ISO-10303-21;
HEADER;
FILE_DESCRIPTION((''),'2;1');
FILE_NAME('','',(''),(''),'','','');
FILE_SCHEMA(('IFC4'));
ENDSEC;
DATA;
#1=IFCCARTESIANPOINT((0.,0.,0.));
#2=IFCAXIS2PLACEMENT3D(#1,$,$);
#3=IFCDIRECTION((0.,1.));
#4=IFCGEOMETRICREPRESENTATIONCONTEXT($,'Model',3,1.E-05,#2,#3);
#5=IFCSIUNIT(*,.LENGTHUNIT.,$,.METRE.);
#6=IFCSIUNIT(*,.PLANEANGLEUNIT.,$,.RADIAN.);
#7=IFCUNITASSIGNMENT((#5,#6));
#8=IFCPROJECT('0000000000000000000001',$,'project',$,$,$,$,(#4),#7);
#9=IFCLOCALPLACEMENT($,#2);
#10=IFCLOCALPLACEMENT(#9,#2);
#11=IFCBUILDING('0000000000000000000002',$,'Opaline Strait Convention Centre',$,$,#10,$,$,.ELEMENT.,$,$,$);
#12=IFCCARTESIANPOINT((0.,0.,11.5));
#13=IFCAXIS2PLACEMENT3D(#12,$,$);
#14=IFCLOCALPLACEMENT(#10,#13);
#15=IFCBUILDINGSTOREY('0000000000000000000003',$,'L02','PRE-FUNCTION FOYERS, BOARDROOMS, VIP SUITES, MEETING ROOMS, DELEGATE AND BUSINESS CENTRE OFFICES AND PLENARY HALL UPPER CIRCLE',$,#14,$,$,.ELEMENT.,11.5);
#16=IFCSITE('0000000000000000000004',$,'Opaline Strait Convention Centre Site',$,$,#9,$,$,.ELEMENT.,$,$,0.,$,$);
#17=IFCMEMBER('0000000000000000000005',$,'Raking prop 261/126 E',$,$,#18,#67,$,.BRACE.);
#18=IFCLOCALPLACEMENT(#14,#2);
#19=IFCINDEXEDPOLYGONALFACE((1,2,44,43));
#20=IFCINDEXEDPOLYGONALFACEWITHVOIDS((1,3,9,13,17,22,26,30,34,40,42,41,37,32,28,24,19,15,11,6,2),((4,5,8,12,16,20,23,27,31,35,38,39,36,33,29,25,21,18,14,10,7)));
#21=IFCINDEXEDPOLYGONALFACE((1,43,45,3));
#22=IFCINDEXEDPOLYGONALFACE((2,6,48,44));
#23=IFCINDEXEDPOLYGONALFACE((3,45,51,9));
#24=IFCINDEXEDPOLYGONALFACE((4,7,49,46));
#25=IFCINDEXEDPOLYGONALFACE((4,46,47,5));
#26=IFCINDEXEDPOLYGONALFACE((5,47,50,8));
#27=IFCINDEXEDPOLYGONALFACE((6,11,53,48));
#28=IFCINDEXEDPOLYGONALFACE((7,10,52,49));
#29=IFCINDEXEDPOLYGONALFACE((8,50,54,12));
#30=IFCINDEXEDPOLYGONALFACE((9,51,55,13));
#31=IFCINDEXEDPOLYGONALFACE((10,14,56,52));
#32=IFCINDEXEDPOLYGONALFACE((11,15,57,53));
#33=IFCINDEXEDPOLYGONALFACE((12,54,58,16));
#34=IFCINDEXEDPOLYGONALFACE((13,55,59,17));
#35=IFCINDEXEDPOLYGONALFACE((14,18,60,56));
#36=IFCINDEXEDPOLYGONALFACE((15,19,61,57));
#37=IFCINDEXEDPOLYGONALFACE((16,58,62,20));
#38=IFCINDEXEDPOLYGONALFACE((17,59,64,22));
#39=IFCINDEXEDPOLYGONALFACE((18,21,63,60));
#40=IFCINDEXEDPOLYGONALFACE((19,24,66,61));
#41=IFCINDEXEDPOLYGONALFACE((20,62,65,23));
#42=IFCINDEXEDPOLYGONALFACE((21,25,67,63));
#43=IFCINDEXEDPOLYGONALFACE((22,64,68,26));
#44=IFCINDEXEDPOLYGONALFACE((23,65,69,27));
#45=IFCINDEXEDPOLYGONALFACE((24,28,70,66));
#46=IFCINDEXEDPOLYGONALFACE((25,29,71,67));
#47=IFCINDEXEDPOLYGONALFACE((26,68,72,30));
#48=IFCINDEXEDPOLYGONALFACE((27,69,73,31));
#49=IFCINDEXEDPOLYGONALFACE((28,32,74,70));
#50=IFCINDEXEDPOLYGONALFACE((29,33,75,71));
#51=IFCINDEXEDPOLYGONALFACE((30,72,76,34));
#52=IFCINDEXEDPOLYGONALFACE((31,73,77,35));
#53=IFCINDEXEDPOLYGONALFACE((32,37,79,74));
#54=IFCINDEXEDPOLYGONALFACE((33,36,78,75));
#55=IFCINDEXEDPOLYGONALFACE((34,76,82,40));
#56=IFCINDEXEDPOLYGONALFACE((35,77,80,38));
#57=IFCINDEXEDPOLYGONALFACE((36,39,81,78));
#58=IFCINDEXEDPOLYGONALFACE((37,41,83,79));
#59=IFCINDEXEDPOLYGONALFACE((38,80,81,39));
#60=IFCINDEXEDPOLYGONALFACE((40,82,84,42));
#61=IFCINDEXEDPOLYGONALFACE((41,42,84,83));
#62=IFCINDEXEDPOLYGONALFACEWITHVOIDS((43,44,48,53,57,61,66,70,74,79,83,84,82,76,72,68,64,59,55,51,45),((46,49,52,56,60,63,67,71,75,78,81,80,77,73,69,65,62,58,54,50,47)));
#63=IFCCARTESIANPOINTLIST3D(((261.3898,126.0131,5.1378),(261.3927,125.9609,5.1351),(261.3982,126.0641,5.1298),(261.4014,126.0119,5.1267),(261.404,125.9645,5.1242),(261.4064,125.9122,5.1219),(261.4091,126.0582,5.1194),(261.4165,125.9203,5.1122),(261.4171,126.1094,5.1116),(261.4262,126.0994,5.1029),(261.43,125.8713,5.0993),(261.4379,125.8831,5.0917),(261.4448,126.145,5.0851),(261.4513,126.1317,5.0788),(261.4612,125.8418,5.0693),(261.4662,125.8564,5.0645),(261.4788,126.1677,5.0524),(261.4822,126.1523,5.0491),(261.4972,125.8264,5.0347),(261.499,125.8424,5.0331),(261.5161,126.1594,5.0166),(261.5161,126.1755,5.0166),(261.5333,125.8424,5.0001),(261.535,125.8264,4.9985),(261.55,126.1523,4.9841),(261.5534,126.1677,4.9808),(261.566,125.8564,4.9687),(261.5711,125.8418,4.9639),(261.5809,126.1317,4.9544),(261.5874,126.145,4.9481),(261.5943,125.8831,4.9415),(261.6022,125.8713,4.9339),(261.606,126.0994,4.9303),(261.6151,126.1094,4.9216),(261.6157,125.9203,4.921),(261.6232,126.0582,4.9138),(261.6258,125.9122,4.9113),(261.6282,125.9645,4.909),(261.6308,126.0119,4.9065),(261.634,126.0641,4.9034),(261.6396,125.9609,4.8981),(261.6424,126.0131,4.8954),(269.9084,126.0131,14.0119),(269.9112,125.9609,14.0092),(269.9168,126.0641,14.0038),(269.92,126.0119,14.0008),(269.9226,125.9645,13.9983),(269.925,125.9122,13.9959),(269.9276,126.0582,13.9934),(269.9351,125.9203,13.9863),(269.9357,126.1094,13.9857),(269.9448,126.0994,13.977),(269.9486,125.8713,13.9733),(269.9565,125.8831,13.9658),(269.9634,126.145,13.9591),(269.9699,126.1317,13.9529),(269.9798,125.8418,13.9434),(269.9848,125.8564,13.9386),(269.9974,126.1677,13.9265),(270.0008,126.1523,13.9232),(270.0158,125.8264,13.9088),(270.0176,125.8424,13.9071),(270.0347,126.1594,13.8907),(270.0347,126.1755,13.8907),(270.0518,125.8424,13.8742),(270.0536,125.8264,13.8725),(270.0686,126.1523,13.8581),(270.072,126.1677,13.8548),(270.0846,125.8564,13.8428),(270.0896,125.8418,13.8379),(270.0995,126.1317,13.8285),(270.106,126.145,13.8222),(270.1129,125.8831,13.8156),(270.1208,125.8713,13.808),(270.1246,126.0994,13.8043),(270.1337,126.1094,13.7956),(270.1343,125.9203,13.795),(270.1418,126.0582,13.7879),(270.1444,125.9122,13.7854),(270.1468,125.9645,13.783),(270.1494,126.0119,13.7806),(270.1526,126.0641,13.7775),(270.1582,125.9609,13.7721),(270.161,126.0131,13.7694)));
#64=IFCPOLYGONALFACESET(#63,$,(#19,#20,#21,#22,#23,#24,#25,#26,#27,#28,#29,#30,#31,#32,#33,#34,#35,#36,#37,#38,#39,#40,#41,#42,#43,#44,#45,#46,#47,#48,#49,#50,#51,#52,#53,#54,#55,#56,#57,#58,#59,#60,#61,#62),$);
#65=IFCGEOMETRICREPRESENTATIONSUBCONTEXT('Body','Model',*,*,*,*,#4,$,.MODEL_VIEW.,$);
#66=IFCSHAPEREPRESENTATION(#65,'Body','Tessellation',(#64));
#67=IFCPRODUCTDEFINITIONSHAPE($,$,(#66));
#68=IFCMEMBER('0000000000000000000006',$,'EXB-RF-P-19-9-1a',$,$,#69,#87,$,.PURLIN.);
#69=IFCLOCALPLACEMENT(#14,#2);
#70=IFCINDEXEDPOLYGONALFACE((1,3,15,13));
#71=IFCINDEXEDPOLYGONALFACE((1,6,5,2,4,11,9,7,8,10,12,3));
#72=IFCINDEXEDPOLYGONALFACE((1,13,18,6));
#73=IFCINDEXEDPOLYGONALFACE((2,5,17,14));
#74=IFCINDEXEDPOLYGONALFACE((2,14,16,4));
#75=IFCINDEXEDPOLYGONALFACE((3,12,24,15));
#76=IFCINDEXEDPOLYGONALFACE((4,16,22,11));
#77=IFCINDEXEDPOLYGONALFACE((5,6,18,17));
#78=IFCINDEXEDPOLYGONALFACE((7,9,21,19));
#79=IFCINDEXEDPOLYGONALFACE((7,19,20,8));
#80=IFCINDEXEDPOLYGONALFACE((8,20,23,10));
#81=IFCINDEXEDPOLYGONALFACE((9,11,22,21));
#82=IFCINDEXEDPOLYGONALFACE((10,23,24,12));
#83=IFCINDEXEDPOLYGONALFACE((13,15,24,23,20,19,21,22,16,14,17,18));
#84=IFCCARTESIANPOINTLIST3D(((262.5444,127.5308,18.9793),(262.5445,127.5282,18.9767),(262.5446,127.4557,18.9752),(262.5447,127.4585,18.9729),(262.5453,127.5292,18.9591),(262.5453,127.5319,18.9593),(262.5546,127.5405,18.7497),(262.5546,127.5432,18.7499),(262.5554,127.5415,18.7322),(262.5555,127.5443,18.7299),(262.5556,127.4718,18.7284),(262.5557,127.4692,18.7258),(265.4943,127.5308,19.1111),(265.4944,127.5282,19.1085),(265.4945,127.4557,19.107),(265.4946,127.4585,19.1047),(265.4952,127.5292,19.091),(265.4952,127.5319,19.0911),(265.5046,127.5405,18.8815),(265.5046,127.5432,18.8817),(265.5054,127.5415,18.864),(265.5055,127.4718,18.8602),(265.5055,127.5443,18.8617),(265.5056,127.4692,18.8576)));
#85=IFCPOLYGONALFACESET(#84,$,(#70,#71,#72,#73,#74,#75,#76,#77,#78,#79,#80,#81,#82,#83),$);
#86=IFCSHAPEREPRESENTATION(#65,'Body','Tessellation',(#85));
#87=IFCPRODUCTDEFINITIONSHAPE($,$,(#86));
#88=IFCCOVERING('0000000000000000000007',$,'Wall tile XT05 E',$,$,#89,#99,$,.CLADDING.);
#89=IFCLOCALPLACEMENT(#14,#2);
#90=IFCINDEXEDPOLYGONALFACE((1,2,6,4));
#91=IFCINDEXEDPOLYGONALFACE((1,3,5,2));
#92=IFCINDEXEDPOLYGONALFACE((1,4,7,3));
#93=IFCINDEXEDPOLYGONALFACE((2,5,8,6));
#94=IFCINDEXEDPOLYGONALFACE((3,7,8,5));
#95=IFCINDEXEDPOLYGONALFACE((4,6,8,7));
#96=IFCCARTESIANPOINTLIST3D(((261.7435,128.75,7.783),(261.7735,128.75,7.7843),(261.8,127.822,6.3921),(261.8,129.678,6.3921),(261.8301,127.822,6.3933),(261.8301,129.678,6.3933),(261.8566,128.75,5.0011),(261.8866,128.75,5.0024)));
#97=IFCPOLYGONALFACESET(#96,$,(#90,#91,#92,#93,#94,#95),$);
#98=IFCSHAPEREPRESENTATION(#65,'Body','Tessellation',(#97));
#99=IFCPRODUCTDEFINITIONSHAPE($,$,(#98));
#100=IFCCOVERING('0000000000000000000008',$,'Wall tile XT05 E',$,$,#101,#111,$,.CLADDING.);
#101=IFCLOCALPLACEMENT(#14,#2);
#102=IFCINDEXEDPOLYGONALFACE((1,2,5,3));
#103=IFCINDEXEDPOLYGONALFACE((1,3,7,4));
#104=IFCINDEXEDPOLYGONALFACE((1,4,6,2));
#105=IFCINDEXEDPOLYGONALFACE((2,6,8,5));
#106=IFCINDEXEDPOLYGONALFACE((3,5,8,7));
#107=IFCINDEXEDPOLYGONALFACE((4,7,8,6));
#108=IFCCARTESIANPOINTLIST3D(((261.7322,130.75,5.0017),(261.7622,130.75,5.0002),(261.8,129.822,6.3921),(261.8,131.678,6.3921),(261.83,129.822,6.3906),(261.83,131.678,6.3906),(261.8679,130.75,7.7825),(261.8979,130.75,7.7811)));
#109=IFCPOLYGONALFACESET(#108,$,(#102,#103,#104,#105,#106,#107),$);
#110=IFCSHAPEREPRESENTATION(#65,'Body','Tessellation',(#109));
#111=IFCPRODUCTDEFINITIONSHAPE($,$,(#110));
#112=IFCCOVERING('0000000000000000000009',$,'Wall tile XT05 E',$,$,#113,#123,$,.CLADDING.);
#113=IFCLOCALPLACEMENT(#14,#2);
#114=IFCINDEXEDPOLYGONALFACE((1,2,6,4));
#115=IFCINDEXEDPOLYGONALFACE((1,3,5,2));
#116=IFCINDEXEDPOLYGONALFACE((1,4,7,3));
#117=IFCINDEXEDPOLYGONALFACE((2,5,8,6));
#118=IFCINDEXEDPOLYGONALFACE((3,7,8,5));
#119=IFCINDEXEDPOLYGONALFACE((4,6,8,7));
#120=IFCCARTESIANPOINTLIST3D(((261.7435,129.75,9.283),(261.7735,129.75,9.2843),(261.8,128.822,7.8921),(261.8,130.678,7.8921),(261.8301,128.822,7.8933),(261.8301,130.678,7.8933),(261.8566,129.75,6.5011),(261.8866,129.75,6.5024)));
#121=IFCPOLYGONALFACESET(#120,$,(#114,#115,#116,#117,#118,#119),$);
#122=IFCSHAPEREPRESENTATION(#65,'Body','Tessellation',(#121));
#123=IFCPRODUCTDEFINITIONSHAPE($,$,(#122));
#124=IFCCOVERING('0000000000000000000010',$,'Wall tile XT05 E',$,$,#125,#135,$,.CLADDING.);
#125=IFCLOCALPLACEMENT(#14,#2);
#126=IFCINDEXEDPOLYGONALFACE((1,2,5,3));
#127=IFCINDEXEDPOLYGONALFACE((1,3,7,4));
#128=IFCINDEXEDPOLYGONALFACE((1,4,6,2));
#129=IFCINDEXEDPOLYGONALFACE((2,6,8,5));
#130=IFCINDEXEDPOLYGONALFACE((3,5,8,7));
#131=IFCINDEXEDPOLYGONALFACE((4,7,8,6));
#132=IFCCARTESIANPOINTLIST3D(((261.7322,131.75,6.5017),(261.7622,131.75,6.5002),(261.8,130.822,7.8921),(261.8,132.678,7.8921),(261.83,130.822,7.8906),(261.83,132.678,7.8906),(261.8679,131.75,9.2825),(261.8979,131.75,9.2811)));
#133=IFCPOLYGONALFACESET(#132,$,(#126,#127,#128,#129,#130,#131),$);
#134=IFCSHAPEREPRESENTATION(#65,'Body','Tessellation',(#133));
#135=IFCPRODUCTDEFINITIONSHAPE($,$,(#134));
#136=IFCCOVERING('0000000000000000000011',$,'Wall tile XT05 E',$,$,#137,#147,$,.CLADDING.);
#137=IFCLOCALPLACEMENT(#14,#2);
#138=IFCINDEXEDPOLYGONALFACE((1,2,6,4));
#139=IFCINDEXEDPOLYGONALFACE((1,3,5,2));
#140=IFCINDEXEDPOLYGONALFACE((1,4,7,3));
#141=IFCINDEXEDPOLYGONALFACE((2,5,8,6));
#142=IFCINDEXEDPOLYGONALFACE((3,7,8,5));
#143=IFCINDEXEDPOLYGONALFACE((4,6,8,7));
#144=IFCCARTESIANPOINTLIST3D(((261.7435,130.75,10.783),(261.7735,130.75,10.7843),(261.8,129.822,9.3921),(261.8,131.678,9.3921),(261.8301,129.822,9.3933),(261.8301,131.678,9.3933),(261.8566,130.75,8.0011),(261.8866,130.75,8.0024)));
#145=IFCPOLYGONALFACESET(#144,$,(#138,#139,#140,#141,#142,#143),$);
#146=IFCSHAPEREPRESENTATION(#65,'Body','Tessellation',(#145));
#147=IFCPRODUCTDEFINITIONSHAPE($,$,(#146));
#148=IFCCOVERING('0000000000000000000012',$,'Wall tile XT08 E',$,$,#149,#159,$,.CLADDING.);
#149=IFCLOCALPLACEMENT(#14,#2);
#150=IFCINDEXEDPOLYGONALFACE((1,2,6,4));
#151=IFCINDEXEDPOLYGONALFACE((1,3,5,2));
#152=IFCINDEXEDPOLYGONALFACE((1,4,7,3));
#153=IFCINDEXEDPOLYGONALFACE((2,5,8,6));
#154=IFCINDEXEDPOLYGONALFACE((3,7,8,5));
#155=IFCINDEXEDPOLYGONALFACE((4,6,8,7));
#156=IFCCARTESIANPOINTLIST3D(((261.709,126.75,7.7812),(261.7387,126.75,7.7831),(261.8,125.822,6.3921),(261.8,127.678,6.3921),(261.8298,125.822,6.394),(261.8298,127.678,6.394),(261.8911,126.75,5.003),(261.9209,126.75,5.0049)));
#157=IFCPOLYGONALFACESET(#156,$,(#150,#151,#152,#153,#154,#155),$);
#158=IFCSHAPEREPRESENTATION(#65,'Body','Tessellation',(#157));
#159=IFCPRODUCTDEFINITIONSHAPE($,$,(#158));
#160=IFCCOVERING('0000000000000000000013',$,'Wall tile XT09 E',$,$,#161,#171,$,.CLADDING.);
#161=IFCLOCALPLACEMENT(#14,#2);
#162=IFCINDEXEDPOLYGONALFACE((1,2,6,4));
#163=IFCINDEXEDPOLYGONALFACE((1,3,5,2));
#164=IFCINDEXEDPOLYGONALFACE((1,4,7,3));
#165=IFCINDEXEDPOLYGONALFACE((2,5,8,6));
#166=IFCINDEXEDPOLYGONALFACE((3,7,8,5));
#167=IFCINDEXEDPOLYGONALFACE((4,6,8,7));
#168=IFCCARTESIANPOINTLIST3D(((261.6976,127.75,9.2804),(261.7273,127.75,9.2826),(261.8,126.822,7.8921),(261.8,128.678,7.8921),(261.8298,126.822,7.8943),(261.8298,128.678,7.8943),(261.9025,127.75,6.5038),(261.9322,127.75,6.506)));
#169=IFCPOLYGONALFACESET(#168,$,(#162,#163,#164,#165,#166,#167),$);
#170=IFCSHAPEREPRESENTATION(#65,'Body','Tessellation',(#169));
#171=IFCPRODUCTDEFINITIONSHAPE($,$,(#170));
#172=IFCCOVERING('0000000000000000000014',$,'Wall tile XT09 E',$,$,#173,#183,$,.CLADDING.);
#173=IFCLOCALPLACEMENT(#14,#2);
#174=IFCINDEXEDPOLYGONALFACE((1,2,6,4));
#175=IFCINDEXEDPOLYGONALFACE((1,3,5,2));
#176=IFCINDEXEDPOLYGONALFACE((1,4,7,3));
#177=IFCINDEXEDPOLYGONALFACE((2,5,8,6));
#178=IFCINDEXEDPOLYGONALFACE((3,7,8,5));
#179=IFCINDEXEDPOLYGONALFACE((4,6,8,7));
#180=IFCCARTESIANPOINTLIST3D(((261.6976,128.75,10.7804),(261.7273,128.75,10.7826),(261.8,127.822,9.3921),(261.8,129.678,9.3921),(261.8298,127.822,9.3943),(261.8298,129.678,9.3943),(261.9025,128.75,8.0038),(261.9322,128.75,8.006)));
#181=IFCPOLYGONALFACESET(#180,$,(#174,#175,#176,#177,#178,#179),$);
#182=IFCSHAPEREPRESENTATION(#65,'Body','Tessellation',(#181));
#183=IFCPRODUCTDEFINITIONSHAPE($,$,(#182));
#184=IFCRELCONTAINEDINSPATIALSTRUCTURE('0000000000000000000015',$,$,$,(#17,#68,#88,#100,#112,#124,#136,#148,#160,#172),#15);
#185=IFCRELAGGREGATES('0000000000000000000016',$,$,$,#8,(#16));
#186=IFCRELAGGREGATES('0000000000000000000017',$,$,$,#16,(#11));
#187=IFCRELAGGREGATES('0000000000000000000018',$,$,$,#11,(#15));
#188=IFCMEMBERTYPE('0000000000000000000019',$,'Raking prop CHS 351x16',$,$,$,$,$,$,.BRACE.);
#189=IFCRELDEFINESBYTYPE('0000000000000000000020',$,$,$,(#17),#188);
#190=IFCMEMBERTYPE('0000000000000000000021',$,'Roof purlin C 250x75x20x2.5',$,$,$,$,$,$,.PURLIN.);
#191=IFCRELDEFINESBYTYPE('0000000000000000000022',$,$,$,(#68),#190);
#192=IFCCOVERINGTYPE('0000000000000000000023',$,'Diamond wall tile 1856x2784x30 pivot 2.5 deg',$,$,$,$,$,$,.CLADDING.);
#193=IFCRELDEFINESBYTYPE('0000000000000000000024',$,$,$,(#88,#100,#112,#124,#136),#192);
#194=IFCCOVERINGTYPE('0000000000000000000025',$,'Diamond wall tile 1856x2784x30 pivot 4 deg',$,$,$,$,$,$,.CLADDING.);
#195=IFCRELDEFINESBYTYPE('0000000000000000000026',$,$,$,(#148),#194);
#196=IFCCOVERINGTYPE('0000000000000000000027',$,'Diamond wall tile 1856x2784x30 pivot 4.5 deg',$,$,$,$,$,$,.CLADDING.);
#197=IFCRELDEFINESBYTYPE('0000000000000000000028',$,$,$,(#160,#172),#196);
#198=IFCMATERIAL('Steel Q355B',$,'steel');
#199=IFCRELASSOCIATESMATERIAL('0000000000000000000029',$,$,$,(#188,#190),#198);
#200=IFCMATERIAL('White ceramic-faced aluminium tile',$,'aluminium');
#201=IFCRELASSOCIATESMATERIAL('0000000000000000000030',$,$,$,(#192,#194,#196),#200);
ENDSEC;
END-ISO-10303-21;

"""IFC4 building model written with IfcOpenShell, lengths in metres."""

from ifc_helpers import new_model, si_unit, direction, frame, origin, origin_2d, place, context, subcontext, project, spatial, polyline, hollow_circle, outline, extrude, material, material_profile, profile_set, type_object, element, save


model = new_model("IFC4")

# Units and contexts
model_context = context("Model", 3, precision=1e-05, world=origin(), true_north=direction((0.0, 1.0)))
body_context = subcontext(model_context, "Body", "Model", "MODEL_VIEW")
ifc_project = project(units=[si_unit("LENGTHUNIT", "METRE"), si_unit("PLANEANGLEUNIT", "RADIAN")], contexts=[model_context])

# Site, building, storey
site_placement = place(None, origin())
site = spatial("IfcSite", under=ifc_project, at=site_placement, Name="Opaline Strait Convention Centre Site", CompositionType="ELEMENT", RefElevation=0.0)
building_placement = place(site_placement, origin())
building = spatial("IfcBuilding", under=site, at=building_placement, Name="Opaline Strait Convention Centre", CompositionType="ELEMENT")
storey_placement = place(building_placement, frame((0.0, 0.0, 11.5)))
storey = spatial("IfcBuildingStorey", under=building, at=storey_placement, Name="L02", Description="PRE-FUNCTION FOYERS, BOARDROOMS, VIP SUITES, MEETING ROOMS, DELEGATE AND BUSINESS CENTRE OFFICES AND PLENARY HALL UPPER CIRCLE", CompositionType="ELEMENT", Elevation=11.5)

# Members
ifc_material_1 = material(Name="Steel Q355B", Category="steel")
ifc_material_profile_1 = material_profile(ifc_material_1, hollow_circle(Radius=0.1755, WallThickness=0.0161, at=origin_2d()), Name="CHS 351x16")
ifc_profile_set_1 = profile_set([ifc_material_profile_1], Name="Steel Q355B")
member_type_1 = type_object("IfcMemberType", Name="Raking prop CHS 351x16", PredefinedType="BRACE", material=ifc_profile_set_1)
member_1_placement = place(storey_placement, frame((261.5161, 126.0, 5.0166), z_axis=(0.69251, 0.0, 0.721408), x_axis=(0.0, 1.0, 0.0)))
element("IfcMember", 1, at=member_1_placement, inside=storey, type_object=member_type_1, Name="Raking prop 261/126 E", PredefinedType="BRACE", context=body_context, shape_type="SweptSolid", body=[
    extrude(hollow_circle(Radius=0.1755, WallThickness=0.0161, at=origin_2d()), origin(), (0.0, 0.0, 1.0), 12.301),
])
ifc_material_profile_2 = material_profile(ifc_material_1, outline(polyline([(-0.0376, -0.125), (0.0376, -0.125), (0.0376, -0.105), (0.0349, -0.105), (0.0349, -0.1226), (-0.0349, -0.1226), (-0.0349, 0.1226), (0.0349, 0.1226), (0.0349, 0.105), (0.0376, 0.105), (0.0376, 0.125), (-0.0376, 0.125), (-0.0376, -0.125)])), Name="C 250x75x20x2.5")
ifc_profile_set_2 = profile_set([ifc_material_profile_2], Name="Steel Q355B")
member_type_2 = type_object("IfcMemberType", Name="Roof purlin C 250x75x20x2.5", PredefinedType="PURLIN", material=ifc_profile_set_2)
member_2_placement = place(storey_placement, frame((262.55, 127.5, 18.8525), z_axis=(0.999003, 0.0, 0.044646), x_axis=(-0.002417, 0.998534, 0.054074)))
element("IfcMember", 2, at=member_2_placement, inside=storey, type_object=member_type_2, Name="EXB-RF-P-19-9-1a", PredefinedType="PURLIN", context=body_context, shape_type="SweptSolid", body=[
    extrude(outline(polyline([(-0.0376, -0.125), (0.0376, -0.125), (0.0376, -0.105), (0.0349, -0.105), (0.0349, -0.1226), (-0.0349, -0.1226), (-0.0349, 0.1226), (0.0349, 0.1226), (0.0349, 0.105), (0.0376, 0.105), (0.0376, 0.125), (-0.0376, 0.125), (-0.0376, -0.125)])), origin(), (0.0, 0.0, 1.0), 2.9529),
])

# Coverings
ifc_material_2 = material(Name="White ceramic-faced aluminium tile", Category="aluminium")
ifc_material_profile_3 = material_profile(ifc_material_2, outline(polyline([(0.928, 0.0), (0.0, 1.3921), (-0.928, 0.0), (0.0, -1.3921), (0.928, 0.0)])), Name="Diamond tile 1856x2784")
ifc_profile_set_3 = profile_set([ifc_material_profile_3], Name="White ceramic-faced aluminium tile")
covering_type_1 = type_object("IfcCoveringType", Name="Diamond wall tile 1856x2784x30 pivot 2.5 deg", PredefinedType="CLADDING", material=ifc_profile_set_3)
for number, where, z_axis, x_axis, name in (
    (3, (261.8, 128.75, 6.3921), (0.999175, 0.0, 0.040617), (0.0, 1.0, 0.0), "Wall tile XT05 E"),
    (4, (261.8, 130.75, 6.3921), (0.998812, 0.0, -0.048723), (0.0, 1.0, 0.0), "Wall tile XT05 E"),
    (5, (261.8, 129.75, 7.8921), (0.999175, 0.0, 0.040617), (0.0, 1.0, 0.0), "Wall tile XT05 E"),
    (6, (261.8, 131.75, 7.8921), (0.998812, 0.0, -0.048723), (0.0, 1.0, 0.0), "Wall tile XT05 E"),
    (7, (261.8, 130.75, 9.3921), (0.999175, 0.0, 0.040617), (0.0, 1.0, 0.0), "Wall tile XT05 E"),
):
    element("IfcCovering", number, at=place(storey_placement, frame(where, z_axis=z_axis, x_axis=x_axis)), inside=storey, type_object=covering_type_1, Name=name, PredefinedType="CLADDING", context=body_context, shape_type="SweptSolid", body=[
        extrude(outline(polyline([(0.928, 0.0), (0.0, 1.3921), (-0.928, 0.0), (0.0, -1.3921), (0.928, 0.0)])), origin(), (0.0, 0.0, 1.0), 0.03),
    ])
ifc_material_profile_4 = material_profile(ifc_material_2, outline(polyline([(0.928, 0.0), (0.0, 1.3921), (-0.928, 0.0), (0.0, -1.3921), (0.928, 0.0)])), Name="Diamond tile 1856x2784")
ifc_profile_set_4 = profile_set([ifc_material_profile_4], Name="White ceramic-faced aluminium tile")
covering_type_2 = type_object("IfcCoveringType", Name="Diamond wall tile 1856x2784x30 pivot 4 deg", PredefinedType="CLADDING", material=ifc_profile_set_4)
covering_1_placement = place(storey_placement, frame((261.8, 126.75, 6.3921), z_axis=(0.997857, 0.0, 0.065433), x_axis=(0.0, 1.0, 0.0)))
element("IfcCovering", 8, at=covering_1_placement, inside=storey, type_object=covering_type_2, Name="Wall tile XT08 E", PredefinedType="CLADDING", context=body_context, shape_type="SweptSolid", body=[
    extrude(outline(polyline([(0.928, 0.0), (0.0, 1.3921), (-0.928, 0.0), (0.0, -1.3921), (0.928, 0.0)])), origin(), (0.0, 0.0, 1.0), 0.0298),
])
ifc_material_profile_5 = material_profile(ifc_material_2, outline(polyline([(0.928, 0.0), (0.0, 1.3921), (-0.928, 0.0), (0.0, -1.3921), (0.928, 0.0)])), Name="Diamond tile 1856x2784")
ifc_profile_set_5 = profile_set([ifc_material_profile_5], Name="White ceramic-faced aluminium tile")
covering_type_3 = type_object("IfcCoveringType", Name="Diamond wall tile 1856x2784x30 pivot 4.5 deg", PredefinedType="CLADDING", material=ifc_profile_set_5)
for number, where, z_axis, x_axis, name in (
    (9, (261.8, 127.75, 7.8921), (0.99729, 0.0, 0.073571), (0.0, 1.0, 0.0), "Wall tile XT09 E"),
    (10, (261.8, 128.75, 9.3921), (0.99729, 0.0, 0.073571), (0.0, 1.0, 0.0), "Wall tile XT09 E"),
):
    element("IfcCovering", number, at=place(storey_placement, frame(where, z_axis=z_axis, x_axis=x_axis)), inside=storey, type_object=covering_type_3, Name=name, PredefinedType="CLADDING", context=body_context, shape_type="SweptSolid", body=[
        extrude(outline(polyline([(0.928, 0.0), (0.0, 1.3921), (-0.928, 0.0), (0.0, -1.3921), (0.928, 0.0)])), origin(), (0.0, 0.0, 1.0), 0.0298),
    ])

save(model, "model.ifc")
